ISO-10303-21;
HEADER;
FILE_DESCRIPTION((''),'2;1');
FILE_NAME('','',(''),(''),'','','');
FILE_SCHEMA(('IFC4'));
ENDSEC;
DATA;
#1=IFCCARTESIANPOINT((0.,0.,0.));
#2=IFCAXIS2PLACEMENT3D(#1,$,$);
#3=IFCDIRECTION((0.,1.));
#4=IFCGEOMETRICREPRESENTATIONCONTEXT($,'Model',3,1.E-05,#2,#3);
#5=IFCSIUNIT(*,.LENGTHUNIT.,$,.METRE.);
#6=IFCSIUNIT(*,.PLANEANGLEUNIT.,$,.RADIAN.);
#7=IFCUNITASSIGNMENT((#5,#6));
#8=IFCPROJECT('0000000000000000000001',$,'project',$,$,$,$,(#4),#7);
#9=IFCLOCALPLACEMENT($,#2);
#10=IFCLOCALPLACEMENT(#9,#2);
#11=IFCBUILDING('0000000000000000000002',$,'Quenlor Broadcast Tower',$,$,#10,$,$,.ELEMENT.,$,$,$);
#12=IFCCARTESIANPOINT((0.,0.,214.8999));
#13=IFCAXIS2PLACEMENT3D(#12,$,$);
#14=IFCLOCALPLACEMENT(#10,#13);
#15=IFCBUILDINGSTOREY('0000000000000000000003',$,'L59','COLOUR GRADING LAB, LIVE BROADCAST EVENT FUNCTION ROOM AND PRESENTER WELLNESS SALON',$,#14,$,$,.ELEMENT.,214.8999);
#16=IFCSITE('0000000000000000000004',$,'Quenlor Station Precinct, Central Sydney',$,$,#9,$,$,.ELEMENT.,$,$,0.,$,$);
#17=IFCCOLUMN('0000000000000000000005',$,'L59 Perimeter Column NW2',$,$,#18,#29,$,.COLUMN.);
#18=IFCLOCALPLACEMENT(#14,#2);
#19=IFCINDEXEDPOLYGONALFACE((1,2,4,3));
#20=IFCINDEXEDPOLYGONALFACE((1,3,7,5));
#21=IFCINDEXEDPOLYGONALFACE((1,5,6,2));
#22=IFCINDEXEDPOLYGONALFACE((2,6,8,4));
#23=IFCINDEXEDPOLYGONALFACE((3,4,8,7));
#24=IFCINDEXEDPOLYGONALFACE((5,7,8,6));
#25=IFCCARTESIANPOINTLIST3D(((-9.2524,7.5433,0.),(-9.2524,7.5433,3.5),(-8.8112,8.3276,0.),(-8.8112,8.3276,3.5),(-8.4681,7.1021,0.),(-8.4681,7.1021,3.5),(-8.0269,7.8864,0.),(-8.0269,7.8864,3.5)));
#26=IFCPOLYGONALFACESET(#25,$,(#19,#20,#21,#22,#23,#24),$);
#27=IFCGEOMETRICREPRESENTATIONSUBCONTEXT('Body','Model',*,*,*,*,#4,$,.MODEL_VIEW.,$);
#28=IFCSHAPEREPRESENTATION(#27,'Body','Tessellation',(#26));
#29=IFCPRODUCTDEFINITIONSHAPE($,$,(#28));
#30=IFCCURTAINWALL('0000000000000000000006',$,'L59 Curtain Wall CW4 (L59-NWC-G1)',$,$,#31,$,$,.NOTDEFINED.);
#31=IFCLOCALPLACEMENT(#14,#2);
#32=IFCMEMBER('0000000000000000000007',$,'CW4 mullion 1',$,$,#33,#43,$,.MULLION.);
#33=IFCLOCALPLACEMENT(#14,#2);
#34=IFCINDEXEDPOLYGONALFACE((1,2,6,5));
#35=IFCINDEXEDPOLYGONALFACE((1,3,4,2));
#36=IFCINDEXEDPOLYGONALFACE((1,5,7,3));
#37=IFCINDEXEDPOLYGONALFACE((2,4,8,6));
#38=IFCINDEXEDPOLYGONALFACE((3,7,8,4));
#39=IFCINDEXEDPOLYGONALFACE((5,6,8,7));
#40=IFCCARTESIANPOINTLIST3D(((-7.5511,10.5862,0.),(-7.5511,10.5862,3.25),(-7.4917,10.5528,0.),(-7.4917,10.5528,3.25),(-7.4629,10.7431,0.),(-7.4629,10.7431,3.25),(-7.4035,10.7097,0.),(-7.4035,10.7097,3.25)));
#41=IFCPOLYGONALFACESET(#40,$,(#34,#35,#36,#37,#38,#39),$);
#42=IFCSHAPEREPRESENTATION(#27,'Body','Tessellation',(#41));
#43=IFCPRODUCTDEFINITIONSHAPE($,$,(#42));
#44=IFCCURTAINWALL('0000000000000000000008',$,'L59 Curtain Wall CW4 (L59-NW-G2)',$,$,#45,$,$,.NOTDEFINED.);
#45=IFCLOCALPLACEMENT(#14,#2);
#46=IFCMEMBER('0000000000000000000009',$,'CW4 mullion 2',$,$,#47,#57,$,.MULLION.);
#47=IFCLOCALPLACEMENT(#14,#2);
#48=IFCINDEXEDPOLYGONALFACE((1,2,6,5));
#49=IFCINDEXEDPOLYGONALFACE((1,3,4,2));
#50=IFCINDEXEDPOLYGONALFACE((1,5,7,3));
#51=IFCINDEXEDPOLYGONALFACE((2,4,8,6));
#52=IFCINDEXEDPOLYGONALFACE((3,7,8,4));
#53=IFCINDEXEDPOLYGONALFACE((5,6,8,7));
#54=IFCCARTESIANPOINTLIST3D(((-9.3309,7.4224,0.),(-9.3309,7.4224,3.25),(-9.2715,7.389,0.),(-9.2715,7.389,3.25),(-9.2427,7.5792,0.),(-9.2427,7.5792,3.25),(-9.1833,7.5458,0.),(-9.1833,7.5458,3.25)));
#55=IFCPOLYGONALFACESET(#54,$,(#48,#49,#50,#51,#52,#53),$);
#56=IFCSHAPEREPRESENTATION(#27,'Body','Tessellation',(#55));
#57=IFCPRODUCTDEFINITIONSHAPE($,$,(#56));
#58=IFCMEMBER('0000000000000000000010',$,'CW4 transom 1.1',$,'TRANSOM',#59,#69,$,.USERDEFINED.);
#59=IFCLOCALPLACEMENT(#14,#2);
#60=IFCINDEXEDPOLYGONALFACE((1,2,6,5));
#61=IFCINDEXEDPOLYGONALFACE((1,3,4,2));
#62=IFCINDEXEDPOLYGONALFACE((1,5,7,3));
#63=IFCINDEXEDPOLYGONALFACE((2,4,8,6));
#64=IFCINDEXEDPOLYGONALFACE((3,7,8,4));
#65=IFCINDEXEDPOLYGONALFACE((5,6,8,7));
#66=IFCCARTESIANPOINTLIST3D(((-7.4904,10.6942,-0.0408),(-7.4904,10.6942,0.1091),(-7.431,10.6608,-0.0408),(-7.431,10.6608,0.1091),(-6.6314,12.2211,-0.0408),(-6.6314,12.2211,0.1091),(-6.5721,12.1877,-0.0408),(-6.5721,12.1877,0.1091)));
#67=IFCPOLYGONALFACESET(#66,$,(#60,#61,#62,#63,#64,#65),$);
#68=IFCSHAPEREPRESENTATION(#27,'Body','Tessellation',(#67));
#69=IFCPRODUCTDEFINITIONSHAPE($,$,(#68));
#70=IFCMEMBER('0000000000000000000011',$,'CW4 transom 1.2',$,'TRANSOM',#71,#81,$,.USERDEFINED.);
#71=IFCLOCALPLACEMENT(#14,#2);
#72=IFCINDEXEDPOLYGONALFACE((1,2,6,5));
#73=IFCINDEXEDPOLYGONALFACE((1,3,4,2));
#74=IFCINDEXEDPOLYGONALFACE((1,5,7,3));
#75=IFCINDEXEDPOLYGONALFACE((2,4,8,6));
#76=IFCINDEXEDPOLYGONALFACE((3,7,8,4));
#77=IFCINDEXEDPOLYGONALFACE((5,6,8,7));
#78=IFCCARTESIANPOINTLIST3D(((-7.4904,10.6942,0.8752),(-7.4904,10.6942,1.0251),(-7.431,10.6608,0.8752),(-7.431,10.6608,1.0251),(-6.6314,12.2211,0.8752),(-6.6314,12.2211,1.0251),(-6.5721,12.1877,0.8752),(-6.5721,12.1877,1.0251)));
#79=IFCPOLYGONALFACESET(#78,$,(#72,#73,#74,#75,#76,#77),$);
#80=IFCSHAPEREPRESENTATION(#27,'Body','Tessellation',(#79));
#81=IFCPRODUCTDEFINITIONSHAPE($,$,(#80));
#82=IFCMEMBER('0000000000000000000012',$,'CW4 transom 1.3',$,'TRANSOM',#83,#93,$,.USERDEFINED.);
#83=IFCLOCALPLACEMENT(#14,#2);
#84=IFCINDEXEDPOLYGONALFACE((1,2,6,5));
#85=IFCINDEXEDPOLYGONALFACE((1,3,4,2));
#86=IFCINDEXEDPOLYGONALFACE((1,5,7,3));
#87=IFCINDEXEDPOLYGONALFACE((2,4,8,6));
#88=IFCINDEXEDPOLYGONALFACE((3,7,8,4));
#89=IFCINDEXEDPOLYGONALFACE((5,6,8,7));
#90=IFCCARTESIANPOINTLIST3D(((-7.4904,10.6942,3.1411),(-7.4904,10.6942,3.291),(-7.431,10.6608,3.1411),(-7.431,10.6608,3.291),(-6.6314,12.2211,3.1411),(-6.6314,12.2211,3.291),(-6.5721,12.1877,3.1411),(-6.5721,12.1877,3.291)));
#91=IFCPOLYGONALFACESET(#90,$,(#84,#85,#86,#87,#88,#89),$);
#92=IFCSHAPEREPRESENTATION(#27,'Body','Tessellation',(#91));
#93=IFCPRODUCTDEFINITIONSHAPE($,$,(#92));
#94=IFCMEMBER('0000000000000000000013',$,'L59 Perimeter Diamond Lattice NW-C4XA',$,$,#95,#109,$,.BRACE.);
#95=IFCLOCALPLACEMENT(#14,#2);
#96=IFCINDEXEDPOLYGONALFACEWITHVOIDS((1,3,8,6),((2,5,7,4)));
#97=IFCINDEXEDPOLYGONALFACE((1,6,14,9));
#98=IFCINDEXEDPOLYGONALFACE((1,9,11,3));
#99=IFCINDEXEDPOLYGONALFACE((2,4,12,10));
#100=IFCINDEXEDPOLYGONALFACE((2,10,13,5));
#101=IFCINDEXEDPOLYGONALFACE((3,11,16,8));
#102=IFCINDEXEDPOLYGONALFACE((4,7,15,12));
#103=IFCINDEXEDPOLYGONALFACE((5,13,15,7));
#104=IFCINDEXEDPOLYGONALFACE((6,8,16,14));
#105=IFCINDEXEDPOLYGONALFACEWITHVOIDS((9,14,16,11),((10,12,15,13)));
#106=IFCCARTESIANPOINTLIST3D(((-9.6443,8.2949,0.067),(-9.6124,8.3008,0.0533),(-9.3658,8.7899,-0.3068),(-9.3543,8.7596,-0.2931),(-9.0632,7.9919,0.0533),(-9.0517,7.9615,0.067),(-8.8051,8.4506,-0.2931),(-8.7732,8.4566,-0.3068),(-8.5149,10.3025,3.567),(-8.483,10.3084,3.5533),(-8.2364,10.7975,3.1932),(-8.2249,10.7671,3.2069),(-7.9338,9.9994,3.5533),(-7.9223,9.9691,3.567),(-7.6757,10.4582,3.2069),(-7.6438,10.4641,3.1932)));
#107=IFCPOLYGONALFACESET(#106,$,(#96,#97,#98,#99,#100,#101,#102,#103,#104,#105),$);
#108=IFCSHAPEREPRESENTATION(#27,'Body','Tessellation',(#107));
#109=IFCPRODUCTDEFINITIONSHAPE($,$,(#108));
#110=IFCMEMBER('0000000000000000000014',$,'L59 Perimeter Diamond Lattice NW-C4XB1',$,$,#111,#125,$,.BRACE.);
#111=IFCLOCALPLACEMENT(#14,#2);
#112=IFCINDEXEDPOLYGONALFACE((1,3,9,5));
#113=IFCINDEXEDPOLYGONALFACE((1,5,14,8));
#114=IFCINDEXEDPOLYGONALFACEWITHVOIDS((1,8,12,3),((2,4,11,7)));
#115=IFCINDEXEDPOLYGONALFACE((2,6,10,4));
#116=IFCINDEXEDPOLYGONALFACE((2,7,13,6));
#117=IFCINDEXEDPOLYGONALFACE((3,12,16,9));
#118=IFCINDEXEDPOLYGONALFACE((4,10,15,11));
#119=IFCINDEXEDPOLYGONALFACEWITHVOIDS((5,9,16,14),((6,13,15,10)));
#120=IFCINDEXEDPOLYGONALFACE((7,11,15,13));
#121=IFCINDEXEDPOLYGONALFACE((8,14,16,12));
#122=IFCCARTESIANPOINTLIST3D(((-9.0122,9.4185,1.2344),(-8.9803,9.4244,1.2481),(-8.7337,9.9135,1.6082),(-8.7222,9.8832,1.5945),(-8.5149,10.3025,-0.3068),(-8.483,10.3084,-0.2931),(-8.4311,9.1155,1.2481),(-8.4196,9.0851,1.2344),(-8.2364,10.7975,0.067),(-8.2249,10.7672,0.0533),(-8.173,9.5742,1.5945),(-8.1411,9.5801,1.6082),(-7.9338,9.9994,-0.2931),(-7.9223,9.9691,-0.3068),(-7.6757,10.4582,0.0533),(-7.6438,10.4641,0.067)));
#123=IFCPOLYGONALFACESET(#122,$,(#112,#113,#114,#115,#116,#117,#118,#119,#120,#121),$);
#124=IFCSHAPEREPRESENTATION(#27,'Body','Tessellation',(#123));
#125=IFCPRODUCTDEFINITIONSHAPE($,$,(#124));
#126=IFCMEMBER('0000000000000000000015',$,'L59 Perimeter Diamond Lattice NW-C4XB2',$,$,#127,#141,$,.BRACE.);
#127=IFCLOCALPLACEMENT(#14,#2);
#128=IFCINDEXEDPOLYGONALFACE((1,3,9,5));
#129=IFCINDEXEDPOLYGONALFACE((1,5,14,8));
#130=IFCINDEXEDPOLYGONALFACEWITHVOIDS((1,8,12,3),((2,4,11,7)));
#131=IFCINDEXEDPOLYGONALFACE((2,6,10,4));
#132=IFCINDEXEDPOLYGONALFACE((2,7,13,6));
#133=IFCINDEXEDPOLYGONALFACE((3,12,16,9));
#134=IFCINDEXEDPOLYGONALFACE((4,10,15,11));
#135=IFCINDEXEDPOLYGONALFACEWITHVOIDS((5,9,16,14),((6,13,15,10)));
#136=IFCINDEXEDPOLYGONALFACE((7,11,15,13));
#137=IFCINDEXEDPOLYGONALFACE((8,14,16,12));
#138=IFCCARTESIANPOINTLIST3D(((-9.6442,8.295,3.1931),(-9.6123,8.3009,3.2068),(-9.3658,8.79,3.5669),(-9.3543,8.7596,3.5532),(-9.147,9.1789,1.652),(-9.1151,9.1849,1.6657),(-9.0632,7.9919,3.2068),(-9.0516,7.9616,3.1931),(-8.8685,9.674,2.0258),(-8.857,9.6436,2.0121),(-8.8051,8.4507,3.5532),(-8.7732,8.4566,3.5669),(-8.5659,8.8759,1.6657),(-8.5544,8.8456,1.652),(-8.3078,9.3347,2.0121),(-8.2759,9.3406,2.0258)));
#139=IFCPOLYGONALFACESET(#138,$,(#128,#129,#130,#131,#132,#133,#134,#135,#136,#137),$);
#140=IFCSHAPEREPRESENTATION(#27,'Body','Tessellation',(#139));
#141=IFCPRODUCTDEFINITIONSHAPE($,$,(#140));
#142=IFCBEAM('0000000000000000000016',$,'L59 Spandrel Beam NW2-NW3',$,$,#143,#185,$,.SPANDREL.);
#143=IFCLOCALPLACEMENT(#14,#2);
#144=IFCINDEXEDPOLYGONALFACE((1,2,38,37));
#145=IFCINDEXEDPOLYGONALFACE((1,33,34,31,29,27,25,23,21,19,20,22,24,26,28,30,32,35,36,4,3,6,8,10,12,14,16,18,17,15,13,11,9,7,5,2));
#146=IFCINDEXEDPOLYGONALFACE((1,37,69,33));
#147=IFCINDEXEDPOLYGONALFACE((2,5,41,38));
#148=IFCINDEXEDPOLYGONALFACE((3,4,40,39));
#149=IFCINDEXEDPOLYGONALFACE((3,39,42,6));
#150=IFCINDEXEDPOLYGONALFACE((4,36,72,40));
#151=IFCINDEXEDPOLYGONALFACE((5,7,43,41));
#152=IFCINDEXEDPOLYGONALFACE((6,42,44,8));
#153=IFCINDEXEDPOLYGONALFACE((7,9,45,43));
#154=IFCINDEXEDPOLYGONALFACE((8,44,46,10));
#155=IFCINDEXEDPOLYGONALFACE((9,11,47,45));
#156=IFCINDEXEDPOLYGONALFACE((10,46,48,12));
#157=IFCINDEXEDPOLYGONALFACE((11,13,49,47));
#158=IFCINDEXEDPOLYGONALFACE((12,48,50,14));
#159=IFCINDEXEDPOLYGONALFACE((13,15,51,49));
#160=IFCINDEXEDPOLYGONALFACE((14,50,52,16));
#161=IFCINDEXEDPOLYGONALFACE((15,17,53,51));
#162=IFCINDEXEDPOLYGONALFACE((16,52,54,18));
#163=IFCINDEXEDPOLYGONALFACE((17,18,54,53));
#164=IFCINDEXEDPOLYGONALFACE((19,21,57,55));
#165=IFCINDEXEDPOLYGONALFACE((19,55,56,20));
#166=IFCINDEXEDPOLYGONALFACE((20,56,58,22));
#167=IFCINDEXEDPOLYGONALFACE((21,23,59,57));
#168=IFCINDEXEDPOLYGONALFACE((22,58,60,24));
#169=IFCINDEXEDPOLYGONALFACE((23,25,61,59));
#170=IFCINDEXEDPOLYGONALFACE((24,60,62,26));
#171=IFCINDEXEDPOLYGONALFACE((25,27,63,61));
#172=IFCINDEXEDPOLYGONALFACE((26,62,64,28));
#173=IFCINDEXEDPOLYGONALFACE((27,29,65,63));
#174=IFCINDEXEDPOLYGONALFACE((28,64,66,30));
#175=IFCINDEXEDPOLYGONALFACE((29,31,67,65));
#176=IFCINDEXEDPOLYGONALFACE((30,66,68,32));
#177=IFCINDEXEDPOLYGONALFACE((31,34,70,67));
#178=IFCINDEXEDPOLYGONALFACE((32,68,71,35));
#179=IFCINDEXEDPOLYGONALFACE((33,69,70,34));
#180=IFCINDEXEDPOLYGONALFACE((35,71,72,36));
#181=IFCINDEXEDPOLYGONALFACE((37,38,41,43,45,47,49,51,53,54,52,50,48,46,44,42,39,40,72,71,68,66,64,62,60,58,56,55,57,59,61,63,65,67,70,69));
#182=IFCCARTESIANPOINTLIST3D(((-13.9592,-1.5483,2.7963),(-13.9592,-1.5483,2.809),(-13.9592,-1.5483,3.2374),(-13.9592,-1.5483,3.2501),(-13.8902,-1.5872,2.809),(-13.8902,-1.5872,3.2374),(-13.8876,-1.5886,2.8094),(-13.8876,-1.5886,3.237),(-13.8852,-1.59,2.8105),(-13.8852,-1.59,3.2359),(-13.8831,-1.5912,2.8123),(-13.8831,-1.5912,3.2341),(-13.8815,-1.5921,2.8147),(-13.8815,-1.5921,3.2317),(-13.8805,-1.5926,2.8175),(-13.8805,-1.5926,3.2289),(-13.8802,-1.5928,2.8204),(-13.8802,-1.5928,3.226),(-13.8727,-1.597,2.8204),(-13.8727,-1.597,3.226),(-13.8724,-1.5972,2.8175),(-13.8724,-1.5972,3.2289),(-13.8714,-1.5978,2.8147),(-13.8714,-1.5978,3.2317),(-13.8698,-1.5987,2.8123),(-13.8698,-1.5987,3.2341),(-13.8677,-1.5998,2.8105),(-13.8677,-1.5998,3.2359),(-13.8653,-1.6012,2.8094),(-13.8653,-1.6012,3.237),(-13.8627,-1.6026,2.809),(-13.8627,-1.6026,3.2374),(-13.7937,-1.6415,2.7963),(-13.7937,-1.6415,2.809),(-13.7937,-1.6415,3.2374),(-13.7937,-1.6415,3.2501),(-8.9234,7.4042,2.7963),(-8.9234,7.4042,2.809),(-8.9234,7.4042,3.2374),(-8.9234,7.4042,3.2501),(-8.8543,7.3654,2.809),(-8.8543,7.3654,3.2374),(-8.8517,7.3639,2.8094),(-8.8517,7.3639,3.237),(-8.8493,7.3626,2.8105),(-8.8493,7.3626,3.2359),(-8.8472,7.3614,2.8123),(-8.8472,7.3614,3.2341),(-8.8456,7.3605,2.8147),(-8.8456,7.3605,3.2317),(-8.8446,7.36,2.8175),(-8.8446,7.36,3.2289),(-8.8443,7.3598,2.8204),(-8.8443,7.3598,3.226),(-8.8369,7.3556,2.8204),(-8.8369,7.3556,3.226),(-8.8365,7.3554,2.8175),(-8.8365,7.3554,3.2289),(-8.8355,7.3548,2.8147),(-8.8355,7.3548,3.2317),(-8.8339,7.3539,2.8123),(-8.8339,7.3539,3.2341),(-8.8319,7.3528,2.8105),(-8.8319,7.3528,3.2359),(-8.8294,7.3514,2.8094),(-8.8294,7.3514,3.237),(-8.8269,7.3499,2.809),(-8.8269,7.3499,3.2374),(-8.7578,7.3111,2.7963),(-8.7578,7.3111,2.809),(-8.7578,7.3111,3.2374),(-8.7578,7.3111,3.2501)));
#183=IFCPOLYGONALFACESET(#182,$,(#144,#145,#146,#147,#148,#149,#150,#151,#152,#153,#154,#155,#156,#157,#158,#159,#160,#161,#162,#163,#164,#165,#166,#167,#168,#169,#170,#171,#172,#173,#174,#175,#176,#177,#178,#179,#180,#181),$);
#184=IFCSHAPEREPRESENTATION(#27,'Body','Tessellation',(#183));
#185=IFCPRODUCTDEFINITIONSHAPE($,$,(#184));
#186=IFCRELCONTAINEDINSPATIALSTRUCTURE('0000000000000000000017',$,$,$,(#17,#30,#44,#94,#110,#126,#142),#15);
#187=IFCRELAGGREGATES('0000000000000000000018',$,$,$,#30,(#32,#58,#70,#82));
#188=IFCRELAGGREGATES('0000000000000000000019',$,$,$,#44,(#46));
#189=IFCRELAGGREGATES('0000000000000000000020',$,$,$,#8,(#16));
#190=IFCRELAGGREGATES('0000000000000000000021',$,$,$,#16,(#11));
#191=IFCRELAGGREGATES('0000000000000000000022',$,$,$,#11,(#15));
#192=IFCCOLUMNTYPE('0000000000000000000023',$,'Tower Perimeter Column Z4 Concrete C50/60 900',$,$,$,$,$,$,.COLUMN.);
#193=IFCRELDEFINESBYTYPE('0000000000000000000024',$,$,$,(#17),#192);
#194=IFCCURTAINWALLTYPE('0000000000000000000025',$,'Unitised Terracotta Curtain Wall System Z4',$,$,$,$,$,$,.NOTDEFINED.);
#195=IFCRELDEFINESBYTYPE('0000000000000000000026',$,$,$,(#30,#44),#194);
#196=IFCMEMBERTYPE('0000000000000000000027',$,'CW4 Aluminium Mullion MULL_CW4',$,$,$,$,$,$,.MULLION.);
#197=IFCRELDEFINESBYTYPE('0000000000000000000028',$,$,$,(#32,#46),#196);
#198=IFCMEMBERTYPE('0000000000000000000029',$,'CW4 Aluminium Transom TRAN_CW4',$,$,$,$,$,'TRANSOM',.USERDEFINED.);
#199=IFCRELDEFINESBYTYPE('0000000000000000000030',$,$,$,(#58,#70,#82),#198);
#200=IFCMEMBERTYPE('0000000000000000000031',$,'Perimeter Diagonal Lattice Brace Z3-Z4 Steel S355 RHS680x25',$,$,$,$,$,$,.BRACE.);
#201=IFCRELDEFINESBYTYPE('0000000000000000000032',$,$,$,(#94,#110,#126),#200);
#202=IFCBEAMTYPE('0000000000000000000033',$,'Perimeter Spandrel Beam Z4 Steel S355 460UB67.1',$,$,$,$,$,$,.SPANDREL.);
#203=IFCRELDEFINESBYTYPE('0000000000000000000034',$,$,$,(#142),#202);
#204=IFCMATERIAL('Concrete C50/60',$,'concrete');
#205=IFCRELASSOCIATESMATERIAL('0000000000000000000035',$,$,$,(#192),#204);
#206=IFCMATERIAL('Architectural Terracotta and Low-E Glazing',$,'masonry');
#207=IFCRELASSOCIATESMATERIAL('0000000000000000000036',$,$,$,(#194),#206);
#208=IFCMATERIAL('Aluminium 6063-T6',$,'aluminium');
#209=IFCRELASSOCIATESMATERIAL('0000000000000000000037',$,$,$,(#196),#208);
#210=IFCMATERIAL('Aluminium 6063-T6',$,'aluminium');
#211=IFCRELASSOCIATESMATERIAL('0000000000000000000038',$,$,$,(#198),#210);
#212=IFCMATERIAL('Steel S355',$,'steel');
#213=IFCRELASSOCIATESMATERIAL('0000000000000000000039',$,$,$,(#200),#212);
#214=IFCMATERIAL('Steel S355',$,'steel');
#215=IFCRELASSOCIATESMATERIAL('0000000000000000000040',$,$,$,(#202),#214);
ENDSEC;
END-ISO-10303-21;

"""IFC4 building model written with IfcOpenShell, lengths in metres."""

from ifc_helpers import new_model, si_unit, direction, frame, origin, origin_2d, place, context, subcontext, project, spatial, rectangle, hollow_rectangle, i_section, extrude, material, material_profile, profile_set, type_object, element, aggregate, save


model = new_model("IFC4")

# Units and contexts
model_context = context("Model", 3, precision=1e-05, world=origin(), true_north=direction((0.0, 1.0)))
body_context = subcontext(model_context, "Body", "Model", "MODEL_VIEW")
ifc_project = project(units=[si_unit("LENGTHUNIT", "METRE"), si_unit("PLANEANGLEUNIT", "RADIAN")], contexts=[model_context])

# Site, building, storey
site_placement = place(None, origin())
site = spatial("IfcSite", under=ifc_project, at=site_placement, Name="Quenlor Station Precinct, Central Sydney", CompositionType="ELEMENT", RefElevation=0.0)
building_placement = place(site_placement, origin())
building = spatial("IfcBuilding", under=site, at=building_placement, Name="Quenlor Broadcast Tower", CompositionType="ELEMENT")
storey_placement = place(building_placement, frame((0.0, 0.0, 214.8999)))
storey = spatial("IfcBuildingStorey", under=building, at=storey_placement, Name="L59", Description="COLOUR GRADING LAB, LIVE BROADCAST EVENT FUNCTION ROOM AND PRESENTER WELLNESS SALON", CompositionType="ELEMENT", Elevation=214.8999)

# Column
ifc_material_1 = material(Name="Concrete C50/60", Category="concrete")
ifc_material_profile_1 = material_profile(ifc_material_1, rectangle(XDim=0.8999, YDim=0.8999, at=origin_2d()))
ifc_profile_set_1 = profile_set([ifc_material_profile_1], Name="Concrete C50/60 RC900x900")
column_type = type_object("IfcColumnType", Name="Tower Perimeter Column Z4 Concrete C50/60 900", PredefinedType="COLUMN", material=ifc_profile_set_1)
column_placement = place(storey_placement, frame((-8.6396, 7.7148, 0.0), z_axis=(0.0, 0.0, 1.0), x_axis=(-0.871575, 0.490262, 0.0)))
element("IfcColumn", 1, at=column_placement, inside=storey, type_object=column_type, Name="L59 Perimeter Column NW2", PredefinedType="COLUMN", context=body_context, shape_type="SweptSolid", body=[
    extrude(rectangle(XDim=0.8999, YDim=0.8999, at=origin_2d()), origin(), (0.0, 0.0, 1.0), 3.5),
])

# Curtain walls, members
ifc_material_2 = material(Name="Architectural Terracotta and Low-E Glazing", Category="masonry")
curtain_wall_type = type_object("IfcCurtainWallType", Name="Unitised Terracotta Curtain Wall System Z4", PredefinedType="NOTDEFINED", material=ifc_material_2)
curtain_wall_1_placement = place(storey_placement, origin())
curtain_wall_1 = element("IfcCurtainWall", 2, at=curtain_wall_1_placement, inside=storey, type_object=curtain_wall_type, Name="L59 Curtain Wall CW4 (L59-NWC-G1)", PredefinedType="NOTDEFINED")
ifc_material_3 = material(Name="Aluminium 6063-T6", Category="aluminium")
ifc_material_profile_2 = material_profile(ifc_material_3, rectangle(XDim=0.0681, YDim=0.1799, at=origin_2d()))
ifc_profile_set_2 = profile_set([ifc_material_profile_2], Name="Aluminium 6063-T6 MULL68x180")
member_type_1 = type_object("IfcMemberType", Name="CW4 Aluminium Mullion MULL_CW4", PredefinedType="MULLION", material=ifc_profile_set_2)
member_1_placement = place(storey_placement, frame((-7.4773, 10.6479, 0.0), z_axis=(0.0, 0.0, 1.0), x_axis=(-0.871576, 0.49026, 0.0)))
member_1 = element("IfcMember", 3, at=member_1_placement, type_object=member_type_1, Name="CW4 mullion 1", PredefinedType="MULLION", context=body_context, shape_type="SweptSolid", body=[
    extrude(rectangle(XDim=0.0681, YDim=0.1799, at=origin_2d()), origin(), (0.0, 0.0, 1.0), 3.25),
])
curtain_wall_2_placement = place(storey_placement, origin())
curtain_wall_2 = element("IfcCurtainWall", 4, at=curtain_wall_2_placement, inside=storey, type_object=curtain_wall_type, Name="L59 Curtain Wall CW4 (L59-NW-G2)", PredefinedType="NOTDEFINED")
member_2_placement = place(storey_placement, frame((-9.2571, 7.4841, 0.0), z_axis=(0.0, 0.0, 1.0), x_axis=(-0.871578, 0.490257, 0.0)))
member_2 = element("IfcMember", 5, at=member_2_placement, type_object=member_type_1, Name="CW4 mullion 2", PredefinedType="MULLION", context=body_context, shape_type="SweptSolid", body=[
    extrude(rectangle(XDim=0.0681, YDim=0.1799, at=origin_2d()), origin(), (0.0, 0.0, 1.0), 3.25),
])

# Members
ifc_material_4 = material(Name="Aluminium 6063-T6", Category="aluminium")
ifc_material_profile_3 = material_profile(ifc_material_4, rectangle(XDim=0.0681, YDim=0.1499, at=origin_2d()))
ifc_profile_set_3 = profile_set([ifc_material_profile_3], Name="Aluminium 6063-T6 TRAN68x150")
member_type_2 = type_object("IfcMemberType", Name="CW4 Aluminium Transom TRAN_CW4", ElementType="TRANSOM", PredefinedType="USERDEFINED", material=ifc_profile_set_3)
member_3_placement = place(storey_placement, frame((-7.4607, 10.6775, 0.0342), z_axis=(0.490274, 0.871568, 0.0), x_axis=(-0.871568, 0.490274, 0.0)))
member_3 = element("IfcMember", 6, at=member_3_placement, type_object=member_type_2, Name="CW4 transom 1.1", ObjectType="TRANSOM", PredefinedType="USERDEFINED", context=body_context, shape_type="SweptSolid", body=[
    extrude(rectangle(XDim=0.0681, YDim=0.1499, at=origin_2d()), origin(), (0.0, 0.0, 1.0), 1.752),
])
member_4_placement = place(storey_placement, frame((-7.4607, 10.6775, 0.9502), z_axis=(0.490274, 0.871568, 0.0), x_axis=(-0.871568, 0.490274, 0.0)))
member_4 = element("IfcMember", 7, at=member_4_placement, type_object=member_type_2, Name="CW4 transom 1.2", ObjectType="TRANSOM", PredefinedType="USERDEFINED", context=body_context, shape_type="SweptSolid", body=[
    extrude(rectangle(XDim=0.0681, YDim=0.1499, at=origin_2d()), origin(), (0.0, 0.0, 1.0), 1.752),
])
member_5_placement = place(storey_placement, frame((-7.4607, 10.6775, 3.2161), z_axis=(0.490274, 0.871568, 0.0), x_axis=(-0.871568, 0.490274, 0.0)))
member_5 = element("IfcMember", 8, at=member_5_placement, type_object=member_type_2, Name="CW4 transom 1.3", ObjectType="TRANSOM", PredefinedType="USERDEFINED", context=body_context, shape_type="SweptSolid", body=[
    extrude(rectangle(XDim=0.0681, YDim=0.1499, at=origin_2d()), origin(), (0.0, 0.0, 1.0), 1.752),
])
aggregate(curtain_wall_1, [member_1, member_3, member_4, member_5])

# Members
ifc_material_5 = material(Name="Steel S355", Category="steel")
ifc_material_profile_4 = material_profile(ifc_material_5, hollow_rectangle(XDim=0.6799, YDim=0.6799, WallThickness=0.0249, at=origin_2d()))
ifc_profile_set_4 = profile_set([ifc_material_profile_4], Name="Steel S355 RHS680x680x25")
member_type_3 = type_object("IfcMemberType", Name="Perimeter Diagonal Lattice Brace Z3-Z4 Steel S355 RHS680x25", PredefinedType="BRACE", material=ifc_profile_set_4)
member_6_placement = place(storey_placement, frame((-9.2087, 8.3757, -0.1199), z_axis=(0.269547, 0.479136, 0.835328), x_axis=(-0.87155, 0.490307, 0.0)))
element("IfcMember", 9, at=member_6_placement, inside=storey, type_object=member_type_3, Name="L59 Perimeter Diamond Lattice NW-C4XA", PredefinedType="BRACE", context=body_context, shape_type="SweptSolid", body=[
    extrude(hollow_rectangle(XDim=0.6799, YDim=0.6799, WallThickness=0.0249, at=origin_2d()), origin(), (0.0, 0.0, 1.0), 4.1899),
])
for number, where, z_axis, x_axis, name in (
    (10, (-8.0793, 10.3833, -0.1199), (-0.269536, -0.47913, 0.835335), (0.871556, -0.490296, 0.0), "L59 Perimeter Diamond Lattice NW-C4XB1"),
    (11, (-8.7114, 9.2598, 1.8389), (-0.269536, -0.47913, 0.835335), (0.871556, -0.490296, 0.0), "L59 Perimeter Diamond Lattice NW-C4XB2"),
):
    element("IfcMember", number, at=place(storey_placement, frame(where, z_axis=z_axis, x_axis=x_axis)), inside=storey, type_object=member_type_3, Name=name, PredefinedType="BRACE", context=body_context, shape_type="SweptSolid", body=[
        extrude(hollow_rectangle(XDim=0.6799, YDim=0.6799, WallThickness=0.0249, at=origin_2d()), origin(), (0.0, 0.0, 1.0), 1.845),
    ])

# Beam
ifc_material_6 = material(Name="Steel S355", Category="steel")
ifc_material_profile_5 = material_profile(ifc_material_6, i_section(OverallWidth=0.1899, OverallDepth=0.4539, WebThickness=0.0085, FlangeThickness=0.0127, FilletRadius=0.0115, at=origin_2d()))
ifc_profile_set_5 = profile_set([ifc_material_profile_5], Name="Steel S355 460UB67.1")
beam_type_1 = type_object("IfcBeamType", Name="Perimeter Spandrel Beam Z4 Steel S355 460UB67.1", PredefinedType="SPANDREL", material=ifc_profile_set_5)
beam_1_placement = place(storey_placement, frame((-8.8406, 7.3577, 3.0232), z_axis=(-0.490263, -0.871574, 0.0), x_axis=(0.871574, -0.490263, 0.0)))
element("IfcBeam", 12, at=beam_1_placement, inside=storey, type_object=beam_type_1, Name="L59 Spandrel Beam NW2-NW3", PredefinedType="SPANDREL", context=body_context, shape_type="SweptSolid", body=[
    extrude(i_section(OverallWidth=0.1899, OverallDepth=0.4539, WebThickness=0.0085, FlangeThickness=0.0127, FilletRadius=0.0115, at=origin_2d()), origin(), (0.0, 0.0, 1.0), 10.2717),
])

aggregate(curtain_wall_2, [member_2])

save(model, "model.ifc")
